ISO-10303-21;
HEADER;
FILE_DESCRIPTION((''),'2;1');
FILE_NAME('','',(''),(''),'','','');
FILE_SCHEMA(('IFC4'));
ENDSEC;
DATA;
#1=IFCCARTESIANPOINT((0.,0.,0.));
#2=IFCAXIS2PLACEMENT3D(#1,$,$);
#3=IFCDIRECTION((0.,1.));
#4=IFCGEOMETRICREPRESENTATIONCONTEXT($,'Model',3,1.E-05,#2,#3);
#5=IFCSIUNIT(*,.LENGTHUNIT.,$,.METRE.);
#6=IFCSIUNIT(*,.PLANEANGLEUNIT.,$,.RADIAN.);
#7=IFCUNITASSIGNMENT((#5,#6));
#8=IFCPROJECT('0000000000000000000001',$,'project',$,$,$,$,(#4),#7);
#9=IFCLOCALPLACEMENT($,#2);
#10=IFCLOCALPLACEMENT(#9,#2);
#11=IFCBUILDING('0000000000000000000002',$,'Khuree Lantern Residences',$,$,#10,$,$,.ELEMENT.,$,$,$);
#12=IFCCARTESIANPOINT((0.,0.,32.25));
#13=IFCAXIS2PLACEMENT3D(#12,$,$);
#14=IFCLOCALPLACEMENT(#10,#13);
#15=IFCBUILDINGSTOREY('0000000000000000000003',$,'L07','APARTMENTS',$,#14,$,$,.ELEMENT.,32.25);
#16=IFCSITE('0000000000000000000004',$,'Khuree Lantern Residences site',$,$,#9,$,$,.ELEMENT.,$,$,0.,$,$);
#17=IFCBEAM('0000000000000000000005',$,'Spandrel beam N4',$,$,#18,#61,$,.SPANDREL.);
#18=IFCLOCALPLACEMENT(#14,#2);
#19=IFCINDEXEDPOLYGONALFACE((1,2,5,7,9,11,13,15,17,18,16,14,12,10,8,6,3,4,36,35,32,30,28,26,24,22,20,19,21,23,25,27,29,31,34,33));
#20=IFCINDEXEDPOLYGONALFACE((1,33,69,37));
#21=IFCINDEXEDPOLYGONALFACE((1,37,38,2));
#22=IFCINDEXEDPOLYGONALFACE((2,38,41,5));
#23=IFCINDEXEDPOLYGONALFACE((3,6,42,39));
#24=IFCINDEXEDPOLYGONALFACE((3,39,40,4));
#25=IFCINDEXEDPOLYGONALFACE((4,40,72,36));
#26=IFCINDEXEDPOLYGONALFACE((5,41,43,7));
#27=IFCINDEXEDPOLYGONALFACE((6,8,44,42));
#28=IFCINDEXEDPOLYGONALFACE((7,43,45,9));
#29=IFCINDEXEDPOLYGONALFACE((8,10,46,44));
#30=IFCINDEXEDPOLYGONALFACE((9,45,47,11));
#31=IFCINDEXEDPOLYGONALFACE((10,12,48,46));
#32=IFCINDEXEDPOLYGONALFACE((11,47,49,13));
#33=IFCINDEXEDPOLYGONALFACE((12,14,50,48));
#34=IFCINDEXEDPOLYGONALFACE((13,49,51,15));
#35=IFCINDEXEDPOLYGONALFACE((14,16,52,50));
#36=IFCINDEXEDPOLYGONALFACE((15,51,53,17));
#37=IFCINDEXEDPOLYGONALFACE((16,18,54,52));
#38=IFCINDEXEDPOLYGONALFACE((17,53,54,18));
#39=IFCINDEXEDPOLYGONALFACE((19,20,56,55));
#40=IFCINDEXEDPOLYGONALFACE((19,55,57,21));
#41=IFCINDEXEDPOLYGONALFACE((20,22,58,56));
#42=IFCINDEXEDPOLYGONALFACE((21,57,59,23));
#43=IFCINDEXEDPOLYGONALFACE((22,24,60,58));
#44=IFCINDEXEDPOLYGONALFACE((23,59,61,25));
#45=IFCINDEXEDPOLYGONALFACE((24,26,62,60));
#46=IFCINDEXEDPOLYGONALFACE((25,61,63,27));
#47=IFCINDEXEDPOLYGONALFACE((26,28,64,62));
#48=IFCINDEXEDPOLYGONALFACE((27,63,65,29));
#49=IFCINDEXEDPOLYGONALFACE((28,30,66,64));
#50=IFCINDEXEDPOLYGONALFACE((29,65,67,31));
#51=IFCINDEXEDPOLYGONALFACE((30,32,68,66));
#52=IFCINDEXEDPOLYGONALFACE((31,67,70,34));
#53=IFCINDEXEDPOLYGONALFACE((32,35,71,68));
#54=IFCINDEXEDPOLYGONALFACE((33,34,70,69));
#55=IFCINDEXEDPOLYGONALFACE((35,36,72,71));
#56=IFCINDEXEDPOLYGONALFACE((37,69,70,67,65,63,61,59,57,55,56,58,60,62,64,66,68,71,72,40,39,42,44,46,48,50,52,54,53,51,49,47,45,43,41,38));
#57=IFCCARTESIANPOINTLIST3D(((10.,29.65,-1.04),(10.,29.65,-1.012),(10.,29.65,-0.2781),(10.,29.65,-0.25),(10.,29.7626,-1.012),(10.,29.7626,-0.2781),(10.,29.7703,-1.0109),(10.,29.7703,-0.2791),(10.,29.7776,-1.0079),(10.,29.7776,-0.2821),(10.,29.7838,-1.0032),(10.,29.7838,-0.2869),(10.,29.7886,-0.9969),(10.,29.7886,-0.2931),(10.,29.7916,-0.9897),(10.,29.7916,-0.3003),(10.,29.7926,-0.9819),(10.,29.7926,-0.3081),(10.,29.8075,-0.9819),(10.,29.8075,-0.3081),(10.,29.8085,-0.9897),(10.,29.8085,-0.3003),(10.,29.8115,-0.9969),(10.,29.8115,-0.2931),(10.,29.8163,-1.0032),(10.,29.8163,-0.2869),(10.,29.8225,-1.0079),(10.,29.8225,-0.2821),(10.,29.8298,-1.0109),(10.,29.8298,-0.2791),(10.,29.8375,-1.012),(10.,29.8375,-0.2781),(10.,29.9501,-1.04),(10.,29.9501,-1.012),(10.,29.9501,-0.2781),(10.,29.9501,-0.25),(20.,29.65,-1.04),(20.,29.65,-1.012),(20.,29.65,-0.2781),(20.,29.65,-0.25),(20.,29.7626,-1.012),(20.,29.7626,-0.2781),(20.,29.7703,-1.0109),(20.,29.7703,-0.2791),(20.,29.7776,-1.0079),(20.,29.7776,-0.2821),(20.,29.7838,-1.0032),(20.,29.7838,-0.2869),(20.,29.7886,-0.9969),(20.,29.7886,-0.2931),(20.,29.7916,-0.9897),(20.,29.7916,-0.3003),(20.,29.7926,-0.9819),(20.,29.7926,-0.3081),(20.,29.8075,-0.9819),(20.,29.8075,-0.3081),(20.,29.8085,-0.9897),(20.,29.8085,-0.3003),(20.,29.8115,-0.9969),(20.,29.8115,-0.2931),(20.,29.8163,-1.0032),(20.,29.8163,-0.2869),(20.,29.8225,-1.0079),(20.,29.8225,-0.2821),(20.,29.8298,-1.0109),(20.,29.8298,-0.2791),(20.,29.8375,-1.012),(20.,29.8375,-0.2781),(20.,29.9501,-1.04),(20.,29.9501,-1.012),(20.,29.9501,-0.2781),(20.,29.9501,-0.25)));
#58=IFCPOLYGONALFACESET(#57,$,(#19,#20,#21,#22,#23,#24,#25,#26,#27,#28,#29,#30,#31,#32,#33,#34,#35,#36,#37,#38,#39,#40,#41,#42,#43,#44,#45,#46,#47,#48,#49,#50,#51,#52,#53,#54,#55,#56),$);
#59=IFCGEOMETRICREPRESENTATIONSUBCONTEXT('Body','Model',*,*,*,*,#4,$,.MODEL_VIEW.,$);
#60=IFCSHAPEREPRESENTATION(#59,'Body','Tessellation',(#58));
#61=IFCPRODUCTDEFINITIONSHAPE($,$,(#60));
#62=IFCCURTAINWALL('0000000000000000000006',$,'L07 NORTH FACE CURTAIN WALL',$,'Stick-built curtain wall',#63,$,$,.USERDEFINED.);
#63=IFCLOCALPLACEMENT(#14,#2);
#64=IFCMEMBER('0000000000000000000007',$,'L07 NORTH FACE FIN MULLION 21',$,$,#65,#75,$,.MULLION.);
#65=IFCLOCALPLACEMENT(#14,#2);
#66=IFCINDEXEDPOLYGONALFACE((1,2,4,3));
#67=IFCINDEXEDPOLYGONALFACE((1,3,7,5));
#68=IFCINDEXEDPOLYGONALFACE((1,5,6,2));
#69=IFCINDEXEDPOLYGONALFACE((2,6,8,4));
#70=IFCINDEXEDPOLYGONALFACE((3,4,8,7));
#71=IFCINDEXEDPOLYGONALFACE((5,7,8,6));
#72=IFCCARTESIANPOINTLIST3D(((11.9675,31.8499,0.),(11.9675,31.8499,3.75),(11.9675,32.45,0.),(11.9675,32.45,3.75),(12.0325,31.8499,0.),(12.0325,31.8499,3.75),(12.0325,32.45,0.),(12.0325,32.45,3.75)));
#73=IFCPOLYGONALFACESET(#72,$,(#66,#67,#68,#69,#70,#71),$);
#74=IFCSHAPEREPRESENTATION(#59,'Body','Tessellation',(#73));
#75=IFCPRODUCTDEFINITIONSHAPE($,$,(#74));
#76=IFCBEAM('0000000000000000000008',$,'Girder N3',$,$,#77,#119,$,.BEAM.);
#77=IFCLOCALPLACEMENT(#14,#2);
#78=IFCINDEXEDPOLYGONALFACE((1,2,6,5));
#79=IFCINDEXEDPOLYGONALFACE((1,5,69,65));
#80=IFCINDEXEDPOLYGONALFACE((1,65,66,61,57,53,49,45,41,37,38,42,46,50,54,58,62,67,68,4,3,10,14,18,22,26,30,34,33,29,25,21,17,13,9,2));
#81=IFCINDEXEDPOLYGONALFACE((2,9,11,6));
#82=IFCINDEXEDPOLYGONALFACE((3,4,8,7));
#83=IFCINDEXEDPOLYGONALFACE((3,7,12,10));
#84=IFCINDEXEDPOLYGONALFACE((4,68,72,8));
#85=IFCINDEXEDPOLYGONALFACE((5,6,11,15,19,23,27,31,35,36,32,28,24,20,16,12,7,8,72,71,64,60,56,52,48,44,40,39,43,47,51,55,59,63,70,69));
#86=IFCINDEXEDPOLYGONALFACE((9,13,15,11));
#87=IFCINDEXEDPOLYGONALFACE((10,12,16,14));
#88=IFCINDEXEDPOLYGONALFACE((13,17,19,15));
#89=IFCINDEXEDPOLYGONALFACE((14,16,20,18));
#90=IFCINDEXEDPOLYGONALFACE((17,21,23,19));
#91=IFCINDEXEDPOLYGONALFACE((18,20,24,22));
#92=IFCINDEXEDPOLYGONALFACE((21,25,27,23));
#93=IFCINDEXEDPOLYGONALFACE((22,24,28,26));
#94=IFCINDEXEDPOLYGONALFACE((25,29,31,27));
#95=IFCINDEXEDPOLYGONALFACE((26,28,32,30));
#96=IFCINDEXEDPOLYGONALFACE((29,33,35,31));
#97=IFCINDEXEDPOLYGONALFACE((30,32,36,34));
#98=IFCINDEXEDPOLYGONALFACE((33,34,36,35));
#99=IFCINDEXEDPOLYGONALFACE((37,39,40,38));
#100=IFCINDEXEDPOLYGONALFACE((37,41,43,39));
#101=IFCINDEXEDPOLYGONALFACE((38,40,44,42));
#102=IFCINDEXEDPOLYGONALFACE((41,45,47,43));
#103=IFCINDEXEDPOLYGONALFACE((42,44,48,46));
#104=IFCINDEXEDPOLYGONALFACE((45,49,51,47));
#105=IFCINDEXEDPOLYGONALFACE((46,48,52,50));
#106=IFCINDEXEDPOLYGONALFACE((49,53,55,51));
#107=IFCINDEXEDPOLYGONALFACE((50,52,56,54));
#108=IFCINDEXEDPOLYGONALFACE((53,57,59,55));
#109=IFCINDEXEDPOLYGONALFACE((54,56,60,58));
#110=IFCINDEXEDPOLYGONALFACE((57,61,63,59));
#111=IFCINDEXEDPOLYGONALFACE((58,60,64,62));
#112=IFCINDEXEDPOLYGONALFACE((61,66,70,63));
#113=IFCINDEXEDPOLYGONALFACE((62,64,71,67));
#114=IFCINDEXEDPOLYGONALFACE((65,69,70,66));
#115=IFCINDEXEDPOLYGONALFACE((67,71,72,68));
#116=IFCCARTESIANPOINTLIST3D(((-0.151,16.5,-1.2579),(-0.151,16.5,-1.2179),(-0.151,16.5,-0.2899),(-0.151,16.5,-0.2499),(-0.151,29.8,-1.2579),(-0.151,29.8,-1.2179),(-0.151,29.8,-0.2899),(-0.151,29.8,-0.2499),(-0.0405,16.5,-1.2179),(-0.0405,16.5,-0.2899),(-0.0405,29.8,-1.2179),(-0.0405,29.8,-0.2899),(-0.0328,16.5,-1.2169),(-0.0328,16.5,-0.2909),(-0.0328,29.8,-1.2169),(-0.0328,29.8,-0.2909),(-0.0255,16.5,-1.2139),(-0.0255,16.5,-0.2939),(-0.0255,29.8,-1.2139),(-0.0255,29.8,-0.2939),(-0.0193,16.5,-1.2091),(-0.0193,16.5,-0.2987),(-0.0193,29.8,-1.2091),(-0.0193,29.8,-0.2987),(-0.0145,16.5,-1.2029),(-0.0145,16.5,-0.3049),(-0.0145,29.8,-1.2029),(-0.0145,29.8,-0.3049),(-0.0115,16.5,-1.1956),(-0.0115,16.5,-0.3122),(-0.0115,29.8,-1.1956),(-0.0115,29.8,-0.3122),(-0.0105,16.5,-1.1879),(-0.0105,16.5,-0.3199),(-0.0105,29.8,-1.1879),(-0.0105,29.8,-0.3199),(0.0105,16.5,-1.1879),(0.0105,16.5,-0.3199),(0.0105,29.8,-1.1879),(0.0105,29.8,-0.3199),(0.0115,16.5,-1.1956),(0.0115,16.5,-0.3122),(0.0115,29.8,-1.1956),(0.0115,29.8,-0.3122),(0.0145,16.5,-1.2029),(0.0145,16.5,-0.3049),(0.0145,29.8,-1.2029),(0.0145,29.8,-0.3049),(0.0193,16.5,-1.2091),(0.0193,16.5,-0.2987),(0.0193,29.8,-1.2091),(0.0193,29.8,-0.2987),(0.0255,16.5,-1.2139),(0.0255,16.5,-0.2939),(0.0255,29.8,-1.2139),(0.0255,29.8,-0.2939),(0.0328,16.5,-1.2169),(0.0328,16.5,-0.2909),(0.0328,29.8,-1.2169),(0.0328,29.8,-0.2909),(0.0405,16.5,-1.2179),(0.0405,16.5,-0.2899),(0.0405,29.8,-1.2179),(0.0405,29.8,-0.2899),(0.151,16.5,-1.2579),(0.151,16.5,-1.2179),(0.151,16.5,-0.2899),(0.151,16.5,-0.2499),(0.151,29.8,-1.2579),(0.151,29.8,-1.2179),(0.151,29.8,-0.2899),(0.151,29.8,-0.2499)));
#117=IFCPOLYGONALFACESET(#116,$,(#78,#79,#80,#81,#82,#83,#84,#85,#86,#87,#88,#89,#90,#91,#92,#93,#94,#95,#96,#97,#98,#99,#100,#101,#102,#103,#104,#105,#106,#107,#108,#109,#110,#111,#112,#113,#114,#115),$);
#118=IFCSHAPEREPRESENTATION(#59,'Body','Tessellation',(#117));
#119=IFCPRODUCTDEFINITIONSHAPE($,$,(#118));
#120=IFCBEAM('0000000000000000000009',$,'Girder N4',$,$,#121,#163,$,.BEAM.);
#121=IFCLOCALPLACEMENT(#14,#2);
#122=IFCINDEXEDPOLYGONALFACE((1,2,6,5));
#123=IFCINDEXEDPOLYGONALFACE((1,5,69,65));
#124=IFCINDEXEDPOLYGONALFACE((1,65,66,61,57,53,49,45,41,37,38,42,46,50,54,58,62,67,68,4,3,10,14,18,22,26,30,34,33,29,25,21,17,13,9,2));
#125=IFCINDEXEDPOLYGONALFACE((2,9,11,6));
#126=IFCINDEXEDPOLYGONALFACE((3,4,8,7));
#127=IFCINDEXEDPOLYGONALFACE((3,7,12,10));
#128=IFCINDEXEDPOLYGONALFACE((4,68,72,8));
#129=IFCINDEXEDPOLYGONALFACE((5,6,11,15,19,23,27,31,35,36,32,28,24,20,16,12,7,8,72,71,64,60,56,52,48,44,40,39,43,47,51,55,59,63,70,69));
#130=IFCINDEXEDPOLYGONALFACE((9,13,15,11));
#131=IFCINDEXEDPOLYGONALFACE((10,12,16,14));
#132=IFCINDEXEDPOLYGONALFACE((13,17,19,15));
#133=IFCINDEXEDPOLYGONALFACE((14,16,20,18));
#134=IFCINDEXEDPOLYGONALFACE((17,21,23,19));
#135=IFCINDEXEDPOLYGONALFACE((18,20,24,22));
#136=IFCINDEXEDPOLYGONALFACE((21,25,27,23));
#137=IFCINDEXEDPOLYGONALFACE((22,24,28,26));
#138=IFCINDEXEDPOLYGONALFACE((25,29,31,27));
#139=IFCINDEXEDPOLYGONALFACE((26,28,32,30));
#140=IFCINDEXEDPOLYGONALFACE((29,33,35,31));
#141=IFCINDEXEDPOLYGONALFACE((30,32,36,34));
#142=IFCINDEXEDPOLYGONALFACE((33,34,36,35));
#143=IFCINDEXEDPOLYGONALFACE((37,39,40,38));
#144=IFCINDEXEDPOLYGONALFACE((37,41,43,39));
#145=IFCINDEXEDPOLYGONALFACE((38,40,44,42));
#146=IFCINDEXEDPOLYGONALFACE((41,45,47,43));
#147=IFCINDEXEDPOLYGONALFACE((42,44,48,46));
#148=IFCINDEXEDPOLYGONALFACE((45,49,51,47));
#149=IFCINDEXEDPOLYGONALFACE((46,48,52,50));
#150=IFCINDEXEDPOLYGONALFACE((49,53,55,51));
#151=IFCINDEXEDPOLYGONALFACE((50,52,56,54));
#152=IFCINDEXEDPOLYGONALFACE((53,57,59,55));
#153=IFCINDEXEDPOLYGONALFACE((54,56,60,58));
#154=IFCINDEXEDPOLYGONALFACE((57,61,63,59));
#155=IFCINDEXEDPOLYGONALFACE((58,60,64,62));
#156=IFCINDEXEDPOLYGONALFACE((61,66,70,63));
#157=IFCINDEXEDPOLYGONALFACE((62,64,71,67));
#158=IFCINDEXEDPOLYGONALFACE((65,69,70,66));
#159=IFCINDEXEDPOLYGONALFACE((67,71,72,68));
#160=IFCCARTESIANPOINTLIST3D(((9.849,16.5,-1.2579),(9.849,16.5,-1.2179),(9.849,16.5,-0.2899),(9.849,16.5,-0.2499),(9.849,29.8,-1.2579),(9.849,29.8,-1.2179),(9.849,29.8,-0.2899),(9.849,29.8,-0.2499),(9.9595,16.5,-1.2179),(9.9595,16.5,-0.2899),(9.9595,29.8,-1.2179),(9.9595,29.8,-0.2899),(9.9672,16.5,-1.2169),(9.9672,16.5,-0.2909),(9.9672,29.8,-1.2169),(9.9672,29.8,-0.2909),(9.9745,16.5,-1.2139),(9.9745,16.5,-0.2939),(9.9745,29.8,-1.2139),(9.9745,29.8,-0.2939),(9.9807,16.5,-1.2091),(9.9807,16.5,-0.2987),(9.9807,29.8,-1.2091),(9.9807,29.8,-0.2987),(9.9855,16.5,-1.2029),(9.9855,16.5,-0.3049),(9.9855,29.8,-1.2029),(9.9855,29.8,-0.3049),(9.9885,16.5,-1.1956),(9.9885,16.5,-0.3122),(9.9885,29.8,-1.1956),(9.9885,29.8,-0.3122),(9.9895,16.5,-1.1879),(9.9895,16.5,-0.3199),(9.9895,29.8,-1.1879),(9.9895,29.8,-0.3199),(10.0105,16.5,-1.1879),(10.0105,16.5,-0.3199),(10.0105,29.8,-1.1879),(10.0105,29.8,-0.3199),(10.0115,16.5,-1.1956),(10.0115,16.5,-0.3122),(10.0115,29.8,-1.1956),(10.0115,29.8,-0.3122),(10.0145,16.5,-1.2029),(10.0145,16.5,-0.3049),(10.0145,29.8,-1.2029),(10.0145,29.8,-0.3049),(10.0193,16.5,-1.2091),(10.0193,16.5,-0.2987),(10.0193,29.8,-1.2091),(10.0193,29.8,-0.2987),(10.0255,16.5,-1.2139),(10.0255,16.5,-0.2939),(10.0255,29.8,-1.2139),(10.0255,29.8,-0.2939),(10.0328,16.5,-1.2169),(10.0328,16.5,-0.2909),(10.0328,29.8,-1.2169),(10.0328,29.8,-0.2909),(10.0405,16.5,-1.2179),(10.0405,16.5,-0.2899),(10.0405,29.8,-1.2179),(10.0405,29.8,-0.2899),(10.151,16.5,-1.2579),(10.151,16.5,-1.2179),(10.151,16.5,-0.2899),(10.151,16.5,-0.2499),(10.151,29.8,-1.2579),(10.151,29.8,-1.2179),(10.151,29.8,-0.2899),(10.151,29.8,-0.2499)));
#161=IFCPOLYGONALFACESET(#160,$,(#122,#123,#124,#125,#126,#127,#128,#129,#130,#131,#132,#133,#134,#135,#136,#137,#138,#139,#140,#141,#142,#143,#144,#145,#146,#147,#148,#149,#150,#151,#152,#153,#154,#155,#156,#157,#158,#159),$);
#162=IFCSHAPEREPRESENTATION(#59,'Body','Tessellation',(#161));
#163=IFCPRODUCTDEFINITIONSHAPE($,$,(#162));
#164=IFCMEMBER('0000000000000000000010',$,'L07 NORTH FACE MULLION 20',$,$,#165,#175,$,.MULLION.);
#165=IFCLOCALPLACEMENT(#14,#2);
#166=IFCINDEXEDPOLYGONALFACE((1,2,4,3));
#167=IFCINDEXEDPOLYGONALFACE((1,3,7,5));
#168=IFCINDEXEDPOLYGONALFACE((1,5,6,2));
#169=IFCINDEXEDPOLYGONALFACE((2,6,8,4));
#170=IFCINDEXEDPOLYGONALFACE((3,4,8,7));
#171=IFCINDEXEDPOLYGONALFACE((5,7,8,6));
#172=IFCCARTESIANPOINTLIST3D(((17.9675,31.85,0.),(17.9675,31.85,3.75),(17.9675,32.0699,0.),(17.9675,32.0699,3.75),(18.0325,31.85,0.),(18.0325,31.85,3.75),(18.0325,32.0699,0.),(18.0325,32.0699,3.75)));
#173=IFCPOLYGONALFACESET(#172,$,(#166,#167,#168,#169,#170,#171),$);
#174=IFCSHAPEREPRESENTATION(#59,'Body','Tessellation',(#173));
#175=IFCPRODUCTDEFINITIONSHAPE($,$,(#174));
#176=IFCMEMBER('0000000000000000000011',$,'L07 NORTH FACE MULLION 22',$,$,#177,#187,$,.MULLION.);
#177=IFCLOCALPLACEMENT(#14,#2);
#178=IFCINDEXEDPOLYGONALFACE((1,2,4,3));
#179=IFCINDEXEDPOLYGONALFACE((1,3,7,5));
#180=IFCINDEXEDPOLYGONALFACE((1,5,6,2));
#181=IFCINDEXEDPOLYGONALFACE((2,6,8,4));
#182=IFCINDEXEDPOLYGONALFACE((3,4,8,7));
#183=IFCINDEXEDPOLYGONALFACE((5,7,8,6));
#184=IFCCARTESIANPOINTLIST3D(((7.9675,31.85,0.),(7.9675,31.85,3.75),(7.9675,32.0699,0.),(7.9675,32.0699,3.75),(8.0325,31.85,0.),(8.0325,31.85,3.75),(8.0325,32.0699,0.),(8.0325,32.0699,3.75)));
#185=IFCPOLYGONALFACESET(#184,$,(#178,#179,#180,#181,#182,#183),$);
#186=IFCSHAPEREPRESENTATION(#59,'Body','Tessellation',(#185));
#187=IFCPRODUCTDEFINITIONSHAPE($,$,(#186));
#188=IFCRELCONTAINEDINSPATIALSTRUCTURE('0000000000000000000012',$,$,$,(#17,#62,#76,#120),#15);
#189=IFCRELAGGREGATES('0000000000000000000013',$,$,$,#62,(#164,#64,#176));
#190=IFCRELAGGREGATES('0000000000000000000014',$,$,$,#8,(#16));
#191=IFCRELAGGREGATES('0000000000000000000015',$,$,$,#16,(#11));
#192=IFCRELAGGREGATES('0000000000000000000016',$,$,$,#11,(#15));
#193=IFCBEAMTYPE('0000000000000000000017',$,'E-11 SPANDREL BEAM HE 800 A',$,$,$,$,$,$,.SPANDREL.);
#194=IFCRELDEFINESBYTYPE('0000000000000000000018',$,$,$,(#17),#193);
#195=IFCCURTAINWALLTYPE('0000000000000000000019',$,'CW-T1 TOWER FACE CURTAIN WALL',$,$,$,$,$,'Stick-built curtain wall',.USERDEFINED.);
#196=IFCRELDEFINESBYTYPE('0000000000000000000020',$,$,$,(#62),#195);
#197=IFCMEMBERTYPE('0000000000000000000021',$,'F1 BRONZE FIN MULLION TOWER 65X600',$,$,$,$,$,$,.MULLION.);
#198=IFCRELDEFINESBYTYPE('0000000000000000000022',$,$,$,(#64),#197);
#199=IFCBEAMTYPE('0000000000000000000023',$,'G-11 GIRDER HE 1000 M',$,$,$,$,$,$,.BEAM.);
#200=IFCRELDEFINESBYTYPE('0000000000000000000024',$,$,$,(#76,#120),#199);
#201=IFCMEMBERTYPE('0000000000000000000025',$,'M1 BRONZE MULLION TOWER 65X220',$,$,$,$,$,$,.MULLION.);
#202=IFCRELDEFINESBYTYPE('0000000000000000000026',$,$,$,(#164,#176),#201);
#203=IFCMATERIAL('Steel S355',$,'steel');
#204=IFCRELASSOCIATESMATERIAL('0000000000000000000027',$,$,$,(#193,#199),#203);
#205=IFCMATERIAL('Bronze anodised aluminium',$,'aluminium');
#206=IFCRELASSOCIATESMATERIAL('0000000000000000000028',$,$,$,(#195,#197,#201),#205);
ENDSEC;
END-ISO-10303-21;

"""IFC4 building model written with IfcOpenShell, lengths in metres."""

from ifc_helpers import new_model, si_unit, direction, frame, origin, origin_2d, place, context, subcontext, project, spatial, rectangle, i_section, extrude, material, material_profile, profile_set, type_object, element, aggregate, save


model = new_model("IFC4")

# Units and contexts
model_context = context("Model", 3, precision=1e-05, world=origin(), true_north=direction((0.0, 1.0)))
body_context = subcontext(model_context, "Body", "Model", "MODEL_VIEW")
ifc_project = project(units=[si_unit("LENGTHUNIT", "METRE"), si_unit("PLANEANGLEUNIT", "RADIAN")], contexts=[model_context])

# Site, building, storey
site_placement = place(None, origin())
site = spatial("IfcSite", under=ifc_project, at=site_placement, Name="Khuree Lantern Residences site", CompositionType="ELEMENT", RefElevation=0.0)
building_placement = place(site_placement, origin())
building = spatial("IfcBuilding", under=site, at=building_placement, Name="Khuree Lantern Residences", CompositionType="ELEMENT")
storey_placement = place(building_placement, frame((0.0, 0.0, 32.25)))
storey = spatial("IfcBuildingStorey", under=building, at=storey_placement, Name="L07", Description="APARTMENTS", CompositionType="ELEMENT", Elevation=32.25)

# Beam
ifc_material_1 = material(Name="Steel S355", Category="steel")
ifc_material_profile_1 = material_profile(ifc_material_1, i_section(OverallWidth=0.3, OverallDepth=0.79, WebThickness=0.0149, FlangeThickness=0.0281, FilletRadius=0.03, at=origin_2d()), Name="HE 800 A")
ifc_profile_set_1 = profile_set([ifc_material_profile_1], Name="Steel S355")
beam_type_1 = type_object("IfcBeamType", Name="E-11 SPANDREL BEAM HE 800 A", PredefinedType="SPANDREL", material=ifc_profile_set_1)
for number, where, z_axis, x_axis, name in (
    (1, (10.0, 29.8, -0.645), (1.0, 0.0, 0.0), (0.0, 1.0, 0.0), "Spandrel beam N4"),
):
    element("IfcBeam", number, at=place(storey_placement, frame(where, z_axis=z_axis, x_axis=x_axis)), inside=storey, type_object=beam_type_1, Name=name, PredefinedType="SPANDREL", context=body_context, shape_type="SweptSolid", body=[
        extrude(i_section(OverallWidth=0.3, OverallDepth=0.79, WebThickness=0.0149, FlangeThickness=0.0281, FilletRadius=0.03, at=origin_2d()), origin(), (0.0, 0.0, 1.0), 10.0),
    ])

# Curtain wall, member
ifc_material_2 = material(Name="Bronze anodised aluminium", Category="aluminium")
curtain_wall_type = type_object("IfcCurtainWallType", Name="CW-T1 TOWER FACE CURTAIN WALL", ElementType="Stick-built curtain wall", PredefinedType="USERDEFINED", material=ifc_material_2)
curtain_wall_placement = place(storey_placement, origin())
curtain_wall = element("IfcCurtainWall", 2, at=curtain_wall_placement, inside=storey, type_object=curtain_wall_type, Name="L07 NORTH FACE CURTAIN WALL", ObjectType="Stick-built curtain wall", PredefinedType="USERDEFINED")
ifc_material_profile_2 = material_profile(ifc_material_2, rectangle(XDim=0.0649, YDim=0.6001, at=origin_2d()), Name="F1 65X600")
ifc_profile_set_2 = profile_set([ifc_material_profile_2], Name="Bronze anodised aluminium")
member_type_1 = type_object("IfcMemberType", Name="F1 BRONZE FIN MULLION TOWER 65X600", PredefinedType="MULLION", material=ifc_profile_set_2)
member_1_placement = place(storey_placement, frame((12.0, 32.1499, 0.0), z_axis=(0.0, 0.0, 1.0), x_axis=(-1.0, 0.0, 0.0)))
member_1 = element("IfcMember", 3, at=member_1_placement, type_object=member_type_1, Name="L07 NORTH FACE FIN MULLION 21", PredefinedType="MULLION", context=body_context, shape_type="SweptSolid", body=[
    extrude(rectangle(XDim=0.0649, YDim=0.6001, at=origin_2d()), origin(), (0.0, 0.0, 1.0), 3.75),
])

# Beams
ifc_material_profile_3 = material_profile(ifc_material_1, i_section(OverallWidth=0.302, OverallDepth=1.0081, WebThickness=0.021, FlangeThickness=0.04, FilletRadius=0.03, at=origin_2d()), Name="HE 1000 M")
ifc_profile_set_3 = profile_set([ifc_material_profile_3], Name="Steel S355")
beam_type_2 = type_object("IfcBeamType", Name="G-11 GIRDER HE 1000 M", PredefinedType="BEAM", material=ifc_profile_set_3)
for number, where, z_axis, x_axis, name in (
    (4, (0.0, 29.8, -0.7539), (0.0, -1.0, 0.0), (1.0, 0.0, 0.0), "Girder N3"),
    (5, (10.0, 29.8, -0.7539), (0.0, -1.0, 0.0), (1.0, 0.0, 0.0), "Girder N4"),
):
    element("IfcBeam", number, at=place(storey_placement, frame(where, z_axis=z_axis, x_axis=x_axis)), inside=storey, type_object=beam_type_2, Name=name, PredefinedType="BEAM", context=body_context, shape_type="SweptSolid", body=[
        extrude(i_section(OverallWidth=0.302, OverallDepth=1.0081, WebThickness=0.021, FlangeThickness=0.04, FilletRadius=0.03, at=origin_2d()), origin(), (0.0, 0.0, 1.0), 13.3),
    ])

# Members
ifc_material_profile_4 = material_profile(ifc_material_2, rectangle(XDim=0.0649, YDim=0.22, at=origin_2d()), Name="M1 65X220")
ifc_profile_set_4 = profile_set([ifc_material_profile_4], Name="Bronze anodised aluminium")
member_type_2 = type_object("IfcMemberType", Name="M1 BRONZE MULLION TOWER 65X220", PredefinedType="MULLION", material=ifc_profile_set_4)
member_2_placement = place(storey_placement, frame((18.0, 31.96, 0.0), z_axis=(0.0, 0.0, 1.0), x_axis=(-1.0, 0.0, 0.0)))
member_2 = element("IfcMember", 6, at=member_2_placement, type_object=member_type_2, Name="L07 NORTH FACE MULLION 20", PredefinedType="MULLION", context=body_context, shape_type="SweptSolid", body=[
    extrude(rectangle(XDim=0.0649, YDim=0.22, at=origin_2d()), origin(), (0.0, 0.0, 1.0), 3.75),
])
member_3_placement = place(storey_placement, frame((8.0, 31.96, 0.0), z_axis=(0.0, 0.0, 1.0), x_axis=(-1.0, 0.0, 0.0)))
member_3 = element("IfcMember", 7, at=member_3_placement, type_object=member_type_2, Name="L07 NORTH FACE MULLION 22", PredefinedType="MULLION", context=body_context, shape_type="SweptSolid", body=[
    extrude(rectangle(XDim=0.0649, YDim=0.22, at=origin_2d()), origin(), (0.0, 0.0, 1.0), 3.75),
])

aggregate(curtain_wall, [member_2, member_1, member_3])

save(model, "model.ifc")
